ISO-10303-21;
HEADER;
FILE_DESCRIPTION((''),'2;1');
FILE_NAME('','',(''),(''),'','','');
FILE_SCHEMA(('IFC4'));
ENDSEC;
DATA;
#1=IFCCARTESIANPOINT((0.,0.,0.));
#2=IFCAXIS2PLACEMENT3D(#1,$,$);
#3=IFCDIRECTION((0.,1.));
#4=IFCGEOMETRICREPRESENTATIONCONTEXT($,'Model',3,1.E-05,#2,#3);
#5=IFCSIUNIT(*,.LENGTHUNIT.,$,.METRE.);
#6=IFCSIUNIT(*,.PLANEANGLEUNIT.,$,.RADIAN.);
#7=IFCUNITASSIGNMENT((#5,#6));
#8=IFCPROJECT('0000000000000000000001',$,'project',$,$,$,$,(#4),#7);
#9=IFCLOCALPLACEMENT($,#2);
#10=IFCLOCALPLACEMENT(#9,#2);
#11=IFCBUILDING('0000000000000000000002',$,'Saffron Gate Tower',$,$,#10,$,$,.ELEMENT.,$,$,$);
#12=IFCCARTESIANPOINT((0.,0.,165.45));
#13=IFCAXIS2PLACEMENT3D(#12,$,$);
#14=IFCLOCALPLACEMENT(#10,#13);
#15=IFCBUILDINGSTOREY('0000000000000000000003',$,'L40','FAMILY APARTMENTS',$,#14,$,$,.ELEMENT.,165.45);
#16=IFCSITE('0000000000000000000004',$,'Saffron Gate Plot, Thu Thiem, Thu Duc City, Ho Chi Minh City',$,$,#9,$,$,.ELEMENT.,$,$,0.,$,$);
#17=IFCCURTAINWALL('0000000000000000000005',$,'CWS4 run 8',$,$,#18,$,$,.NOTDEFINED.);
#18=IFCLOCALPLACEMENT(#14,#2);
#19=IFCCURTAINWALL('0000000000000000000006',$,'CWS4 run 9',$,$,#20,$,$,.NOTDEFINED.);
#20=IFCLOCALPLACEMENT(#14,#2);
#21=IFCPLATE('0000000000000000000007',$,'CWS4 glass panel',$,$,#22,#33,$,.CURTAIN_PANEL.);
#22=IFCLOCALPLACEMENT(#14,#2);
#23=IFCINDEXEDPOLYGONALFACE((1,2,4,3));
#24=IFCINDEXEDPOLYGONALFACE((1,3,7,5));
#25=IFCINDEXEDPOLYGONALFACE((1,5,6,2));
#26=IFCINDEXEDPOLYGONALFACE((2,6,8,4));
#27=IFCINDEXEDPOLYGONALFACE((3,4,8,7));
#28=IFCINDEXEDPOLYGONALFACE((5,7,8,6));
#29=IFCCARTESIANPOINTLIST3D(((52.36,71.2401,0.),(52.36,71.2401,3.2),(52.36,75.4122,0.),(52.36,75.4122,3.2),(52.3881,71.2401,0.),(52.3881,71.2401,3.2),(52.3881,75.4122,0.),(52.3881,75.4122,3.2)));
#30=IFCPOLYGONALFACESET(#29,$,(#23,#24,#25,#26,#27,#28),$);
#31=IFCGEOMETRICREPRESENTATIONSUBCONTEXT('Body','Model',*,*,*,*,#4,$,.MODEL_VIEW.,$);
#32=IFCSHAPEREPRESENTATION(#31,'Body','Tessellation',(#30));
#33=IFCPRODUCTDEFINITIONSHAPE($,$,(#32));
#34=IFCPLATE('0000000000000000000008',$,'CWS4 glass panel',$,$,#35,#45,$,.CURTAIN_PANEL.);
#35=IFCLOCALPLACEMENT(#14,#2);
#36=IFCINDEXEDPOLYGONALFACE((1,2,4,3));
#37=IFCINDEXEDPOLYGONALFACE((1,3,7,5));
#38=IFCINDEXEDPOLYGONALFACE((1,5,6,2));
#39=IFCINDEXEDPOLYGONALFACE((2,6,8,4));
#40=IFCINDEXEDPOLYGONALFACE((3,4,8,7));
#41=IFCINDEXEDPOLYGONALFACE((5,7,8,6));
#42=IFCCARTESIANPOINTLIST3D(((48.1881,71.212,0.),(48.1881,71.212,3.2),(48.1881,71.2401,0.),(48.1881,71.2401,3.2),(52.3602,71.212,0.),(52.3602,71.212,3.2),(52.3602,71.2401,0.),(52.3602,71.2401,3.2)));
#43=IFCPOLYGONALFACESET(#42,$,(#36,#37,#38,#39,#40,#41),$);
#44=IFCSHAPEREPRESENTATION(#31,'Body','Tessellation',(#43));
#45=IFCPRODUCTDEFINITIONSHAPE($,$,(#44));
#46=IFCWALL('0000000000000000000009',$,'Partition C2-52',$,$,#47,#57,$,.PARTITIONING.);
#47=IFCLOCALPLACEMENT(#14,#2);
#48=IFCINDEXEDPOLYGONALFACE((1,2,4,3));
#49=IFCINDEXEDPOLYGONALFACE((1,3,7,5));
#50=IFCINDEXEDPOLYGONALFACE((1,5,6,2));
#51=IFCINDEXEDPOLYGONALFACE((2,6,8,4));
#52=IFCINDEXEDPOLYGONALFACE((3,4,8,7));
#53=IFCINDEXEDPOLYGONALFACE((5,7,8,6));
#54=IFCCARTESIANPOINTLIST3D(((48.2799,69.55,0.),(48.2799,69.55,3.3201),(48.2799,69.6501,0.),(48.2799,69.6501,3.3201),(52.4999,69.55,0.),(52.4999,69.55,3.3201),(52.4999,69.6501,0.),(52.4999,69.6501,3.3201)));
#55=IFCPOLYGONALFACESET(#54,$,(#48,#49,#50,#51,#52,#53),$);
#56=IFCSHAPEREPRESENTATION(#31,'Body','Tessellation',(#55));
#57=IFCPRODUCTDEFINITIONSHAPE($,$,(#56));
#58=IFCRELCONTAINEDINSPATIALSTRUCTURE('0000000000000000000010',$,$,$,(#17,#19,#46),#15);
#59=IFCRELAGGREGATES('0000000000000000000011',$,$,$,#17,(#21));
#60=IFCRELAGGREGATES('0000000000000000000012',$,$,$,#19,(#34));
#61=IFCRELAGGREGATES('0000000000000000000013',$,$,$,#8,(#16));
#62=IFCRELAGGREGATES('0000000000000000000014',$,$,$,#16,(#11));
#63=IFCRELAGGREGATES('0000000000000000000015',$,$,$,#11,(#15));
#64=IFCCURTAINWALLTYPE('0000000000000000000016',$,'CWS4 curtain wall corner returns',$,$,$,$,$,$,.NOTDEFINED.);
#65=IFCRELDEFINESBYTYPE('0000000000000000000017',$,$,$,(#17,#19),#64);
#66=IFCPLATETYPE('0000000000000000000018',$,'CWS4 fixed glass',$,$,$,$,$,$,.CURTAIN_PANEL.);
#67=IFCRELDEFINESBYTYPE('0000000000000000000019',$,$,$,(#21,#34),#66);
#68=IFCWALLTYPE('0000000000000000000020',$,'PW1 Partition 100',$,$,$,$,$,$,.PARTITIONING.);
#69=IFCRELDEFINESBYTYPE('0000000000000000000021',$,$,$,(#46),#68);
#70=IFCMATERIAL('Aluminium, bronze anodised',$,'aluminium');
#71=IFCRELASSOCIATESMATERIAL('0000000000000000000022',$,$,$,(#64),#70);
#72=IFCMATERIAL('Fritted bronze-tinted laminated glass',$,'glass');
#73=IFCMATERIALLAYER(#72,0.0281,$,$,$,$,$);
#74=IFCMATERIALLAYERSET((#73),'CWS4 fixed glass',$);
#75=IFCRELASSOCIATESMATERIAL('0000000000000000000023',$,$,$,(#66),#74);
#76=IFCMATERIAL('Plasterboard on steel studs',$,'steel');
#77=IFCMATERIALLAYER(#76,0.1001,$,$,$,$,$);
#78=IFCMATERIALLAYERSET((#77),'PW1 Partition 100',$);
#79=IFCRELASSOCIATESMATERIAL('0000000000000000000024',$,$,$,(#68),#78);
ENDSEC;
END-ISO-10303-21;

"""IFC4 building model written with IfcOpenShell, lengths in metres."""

from ifc_helpers import new_model, si_unit, direction, frame, frame_2d, origin, place, context, subcontext, project, spatial, rectangle, extrude, material, layer, layer_set, type_object, element, aggregate, save


model = new_model("IFC4")

# Units and contexts
model_context = context("Model", 3, precision=1e-05, world=origin(), true_north=direction((0.0, 1.0)))
body_context = subcontext(model_context, "Body", "Model", "MODEL_VIEW")
ifc_project = project(units=[si_unit("LENGTHUNIT", "METRE"), si_unit("PLANEANGLEUNIT", "RADIAN")], contexts=[model_context])

# Site, building, storey
site_placement = place(None, origin())
site = spatial("IfcSite", under=ifc_project, at=site_placement, Name="Saffron Gate Plot, Thu Thiem, Thu Duc City, Ho Chi Minh City", CompositionType="ELEMENT", RefElevation=0.0)
building_placement = place(site_placement, origin())
building = spatial("IfcBuilding", under=site, at=building_placement, Name="Saffron Gate Tower", CompositionType="ELEMENT")
storey_placement = place(building_placement, frame((0.0, 0.0, 165.45)))
storey = spatial("IfcBuildingStorey", under=building, at=storey_placement, Name="L40", Description="FAMILY APARTMENTS", CompositionType="ELEMENT", Elevation=165.45)

# Shared definitions
ifc_material_1 = material(Name="Aluminium, bronze anodised", Category="aluminium")

# Curtain walls
curtain_wall_type_1 = type_object("IfcCurtainWallType", Name="CWS4 curtain wall corner returns", PredefinedType="NOTDEFINED", material=ifc_material_1)
curtain_wall_1_placement = place(storey_placement, origin())
curtain_wall_1 = element("IfcCurtainWall", 1, at=curtain_wall_1_placement, inside=storey, type_object=curtain_wall_type_1, Name="CWS4 run 8", PredefinedType="NOTDEFINED")
curtain_wall_2_placement = place(storey_placement, origin())
curtain_wall_2 = element("IfcCurtainWall", 2, at=curtain_wall_2_placement, inside=storey, type_object=curtain_wall_type_1, Name="CWS4 run 9", PredefinedType="NOTDEFINED")

# Shared definitions
ifc_material_2 = material(Name="Fritted bronze-tinted laminated glass", Category="glass")

# Plates
ifc_layer_1 = layer(ifc_material_2, 0.0281)
ifc_layer_set_1 = layer_set([ifc_layer_1], Name="CWS4 fixed glass")
plate_type_1 = type_object("IfcPlateType", Name="CWS4 fixed glass", PredefinedType="CURTAIN_PANEL", material=ifc_layer_set_1)
plate_1_placement = place(storey_placement, frame((52.374, 75.4121, 0.0), z_axis=(0.0, 0.0, 1.0), x_axis=(0.0, -1.0, 0.0)))
plate_1 = element("IfcPlate", 3, at=plate_1_placement, type_object=plate_type_1, Name="CWS4 glass panel", PredefinedType="CURTAIN_PANEL", context=body_context, shape_type="SweptSolid", body=[
    extrude(rectangle(XDim=4.1721, YDim=0.0281, at=frame_2d((2.0859, 0.0))), origin(), (0.0, 0.0, 1.0), 3.2),
])
aggregate(curtain_wall_1, [plate_1])
plate_2_placement = place(storey_placement, frame((52.3601, 71.2261, 0.0), z_axis=(0.0, 0.0, 1.0), x_axis=(-1.0, 0.0, 0.0)))
plate_2 = element("IfcPlate", 4, at=plate_2_placement, type_object=plate_type_1, Name="CWS4 glass panel", PredefinedType="CURTAIN_PANEL", context=body_context, shape_type="SweptSolid", body=[
    extrude(rectangle(XDim=4.1721, YDim=0.0281, at=frame_2d((2.0859, 0.0))), origin(), (0.0, 0.0, 1.0), 3.2),
])
aggregate(curtain_wall_2, [plate_2])

# Wall
ifc_material_3 = material(Name="Plasterboard on steel studs", Category="steel")
ifc_layer_2 = layer(ifc_material_3, 0.1001)
ifc_layer_set_2 = layer_set([ifc_layer_2], Name="PW1 Partition 100")
wall_type = type_object("IfcWallType", Name="PW1 Partition 100", PredefinedType="PARTITIONING", material=ifc_layer_set_2)
wall_placement = place(storey_placement, frame((48.28, 69.6001, 0.0), z_axis=(0.0, 0.0, 1.0), x_axis=(1.0, 0.0, 0.0)))
element("IfcWall", 5, at=wall_placement, inside=storey, type_object=wall_type, Name="Partition C2-52", PredefinedType="PARTITIONING", context=body_context, shape_type="SweptSolid", body=[
    extrude(rectangle(XDim=4.22, YDim=0.1001, at=frame_2d((2.1099, 0.0))), origin(), (0.0, 0.0, 1.0), 3.3201),
])

save(model, "model.ifc")
